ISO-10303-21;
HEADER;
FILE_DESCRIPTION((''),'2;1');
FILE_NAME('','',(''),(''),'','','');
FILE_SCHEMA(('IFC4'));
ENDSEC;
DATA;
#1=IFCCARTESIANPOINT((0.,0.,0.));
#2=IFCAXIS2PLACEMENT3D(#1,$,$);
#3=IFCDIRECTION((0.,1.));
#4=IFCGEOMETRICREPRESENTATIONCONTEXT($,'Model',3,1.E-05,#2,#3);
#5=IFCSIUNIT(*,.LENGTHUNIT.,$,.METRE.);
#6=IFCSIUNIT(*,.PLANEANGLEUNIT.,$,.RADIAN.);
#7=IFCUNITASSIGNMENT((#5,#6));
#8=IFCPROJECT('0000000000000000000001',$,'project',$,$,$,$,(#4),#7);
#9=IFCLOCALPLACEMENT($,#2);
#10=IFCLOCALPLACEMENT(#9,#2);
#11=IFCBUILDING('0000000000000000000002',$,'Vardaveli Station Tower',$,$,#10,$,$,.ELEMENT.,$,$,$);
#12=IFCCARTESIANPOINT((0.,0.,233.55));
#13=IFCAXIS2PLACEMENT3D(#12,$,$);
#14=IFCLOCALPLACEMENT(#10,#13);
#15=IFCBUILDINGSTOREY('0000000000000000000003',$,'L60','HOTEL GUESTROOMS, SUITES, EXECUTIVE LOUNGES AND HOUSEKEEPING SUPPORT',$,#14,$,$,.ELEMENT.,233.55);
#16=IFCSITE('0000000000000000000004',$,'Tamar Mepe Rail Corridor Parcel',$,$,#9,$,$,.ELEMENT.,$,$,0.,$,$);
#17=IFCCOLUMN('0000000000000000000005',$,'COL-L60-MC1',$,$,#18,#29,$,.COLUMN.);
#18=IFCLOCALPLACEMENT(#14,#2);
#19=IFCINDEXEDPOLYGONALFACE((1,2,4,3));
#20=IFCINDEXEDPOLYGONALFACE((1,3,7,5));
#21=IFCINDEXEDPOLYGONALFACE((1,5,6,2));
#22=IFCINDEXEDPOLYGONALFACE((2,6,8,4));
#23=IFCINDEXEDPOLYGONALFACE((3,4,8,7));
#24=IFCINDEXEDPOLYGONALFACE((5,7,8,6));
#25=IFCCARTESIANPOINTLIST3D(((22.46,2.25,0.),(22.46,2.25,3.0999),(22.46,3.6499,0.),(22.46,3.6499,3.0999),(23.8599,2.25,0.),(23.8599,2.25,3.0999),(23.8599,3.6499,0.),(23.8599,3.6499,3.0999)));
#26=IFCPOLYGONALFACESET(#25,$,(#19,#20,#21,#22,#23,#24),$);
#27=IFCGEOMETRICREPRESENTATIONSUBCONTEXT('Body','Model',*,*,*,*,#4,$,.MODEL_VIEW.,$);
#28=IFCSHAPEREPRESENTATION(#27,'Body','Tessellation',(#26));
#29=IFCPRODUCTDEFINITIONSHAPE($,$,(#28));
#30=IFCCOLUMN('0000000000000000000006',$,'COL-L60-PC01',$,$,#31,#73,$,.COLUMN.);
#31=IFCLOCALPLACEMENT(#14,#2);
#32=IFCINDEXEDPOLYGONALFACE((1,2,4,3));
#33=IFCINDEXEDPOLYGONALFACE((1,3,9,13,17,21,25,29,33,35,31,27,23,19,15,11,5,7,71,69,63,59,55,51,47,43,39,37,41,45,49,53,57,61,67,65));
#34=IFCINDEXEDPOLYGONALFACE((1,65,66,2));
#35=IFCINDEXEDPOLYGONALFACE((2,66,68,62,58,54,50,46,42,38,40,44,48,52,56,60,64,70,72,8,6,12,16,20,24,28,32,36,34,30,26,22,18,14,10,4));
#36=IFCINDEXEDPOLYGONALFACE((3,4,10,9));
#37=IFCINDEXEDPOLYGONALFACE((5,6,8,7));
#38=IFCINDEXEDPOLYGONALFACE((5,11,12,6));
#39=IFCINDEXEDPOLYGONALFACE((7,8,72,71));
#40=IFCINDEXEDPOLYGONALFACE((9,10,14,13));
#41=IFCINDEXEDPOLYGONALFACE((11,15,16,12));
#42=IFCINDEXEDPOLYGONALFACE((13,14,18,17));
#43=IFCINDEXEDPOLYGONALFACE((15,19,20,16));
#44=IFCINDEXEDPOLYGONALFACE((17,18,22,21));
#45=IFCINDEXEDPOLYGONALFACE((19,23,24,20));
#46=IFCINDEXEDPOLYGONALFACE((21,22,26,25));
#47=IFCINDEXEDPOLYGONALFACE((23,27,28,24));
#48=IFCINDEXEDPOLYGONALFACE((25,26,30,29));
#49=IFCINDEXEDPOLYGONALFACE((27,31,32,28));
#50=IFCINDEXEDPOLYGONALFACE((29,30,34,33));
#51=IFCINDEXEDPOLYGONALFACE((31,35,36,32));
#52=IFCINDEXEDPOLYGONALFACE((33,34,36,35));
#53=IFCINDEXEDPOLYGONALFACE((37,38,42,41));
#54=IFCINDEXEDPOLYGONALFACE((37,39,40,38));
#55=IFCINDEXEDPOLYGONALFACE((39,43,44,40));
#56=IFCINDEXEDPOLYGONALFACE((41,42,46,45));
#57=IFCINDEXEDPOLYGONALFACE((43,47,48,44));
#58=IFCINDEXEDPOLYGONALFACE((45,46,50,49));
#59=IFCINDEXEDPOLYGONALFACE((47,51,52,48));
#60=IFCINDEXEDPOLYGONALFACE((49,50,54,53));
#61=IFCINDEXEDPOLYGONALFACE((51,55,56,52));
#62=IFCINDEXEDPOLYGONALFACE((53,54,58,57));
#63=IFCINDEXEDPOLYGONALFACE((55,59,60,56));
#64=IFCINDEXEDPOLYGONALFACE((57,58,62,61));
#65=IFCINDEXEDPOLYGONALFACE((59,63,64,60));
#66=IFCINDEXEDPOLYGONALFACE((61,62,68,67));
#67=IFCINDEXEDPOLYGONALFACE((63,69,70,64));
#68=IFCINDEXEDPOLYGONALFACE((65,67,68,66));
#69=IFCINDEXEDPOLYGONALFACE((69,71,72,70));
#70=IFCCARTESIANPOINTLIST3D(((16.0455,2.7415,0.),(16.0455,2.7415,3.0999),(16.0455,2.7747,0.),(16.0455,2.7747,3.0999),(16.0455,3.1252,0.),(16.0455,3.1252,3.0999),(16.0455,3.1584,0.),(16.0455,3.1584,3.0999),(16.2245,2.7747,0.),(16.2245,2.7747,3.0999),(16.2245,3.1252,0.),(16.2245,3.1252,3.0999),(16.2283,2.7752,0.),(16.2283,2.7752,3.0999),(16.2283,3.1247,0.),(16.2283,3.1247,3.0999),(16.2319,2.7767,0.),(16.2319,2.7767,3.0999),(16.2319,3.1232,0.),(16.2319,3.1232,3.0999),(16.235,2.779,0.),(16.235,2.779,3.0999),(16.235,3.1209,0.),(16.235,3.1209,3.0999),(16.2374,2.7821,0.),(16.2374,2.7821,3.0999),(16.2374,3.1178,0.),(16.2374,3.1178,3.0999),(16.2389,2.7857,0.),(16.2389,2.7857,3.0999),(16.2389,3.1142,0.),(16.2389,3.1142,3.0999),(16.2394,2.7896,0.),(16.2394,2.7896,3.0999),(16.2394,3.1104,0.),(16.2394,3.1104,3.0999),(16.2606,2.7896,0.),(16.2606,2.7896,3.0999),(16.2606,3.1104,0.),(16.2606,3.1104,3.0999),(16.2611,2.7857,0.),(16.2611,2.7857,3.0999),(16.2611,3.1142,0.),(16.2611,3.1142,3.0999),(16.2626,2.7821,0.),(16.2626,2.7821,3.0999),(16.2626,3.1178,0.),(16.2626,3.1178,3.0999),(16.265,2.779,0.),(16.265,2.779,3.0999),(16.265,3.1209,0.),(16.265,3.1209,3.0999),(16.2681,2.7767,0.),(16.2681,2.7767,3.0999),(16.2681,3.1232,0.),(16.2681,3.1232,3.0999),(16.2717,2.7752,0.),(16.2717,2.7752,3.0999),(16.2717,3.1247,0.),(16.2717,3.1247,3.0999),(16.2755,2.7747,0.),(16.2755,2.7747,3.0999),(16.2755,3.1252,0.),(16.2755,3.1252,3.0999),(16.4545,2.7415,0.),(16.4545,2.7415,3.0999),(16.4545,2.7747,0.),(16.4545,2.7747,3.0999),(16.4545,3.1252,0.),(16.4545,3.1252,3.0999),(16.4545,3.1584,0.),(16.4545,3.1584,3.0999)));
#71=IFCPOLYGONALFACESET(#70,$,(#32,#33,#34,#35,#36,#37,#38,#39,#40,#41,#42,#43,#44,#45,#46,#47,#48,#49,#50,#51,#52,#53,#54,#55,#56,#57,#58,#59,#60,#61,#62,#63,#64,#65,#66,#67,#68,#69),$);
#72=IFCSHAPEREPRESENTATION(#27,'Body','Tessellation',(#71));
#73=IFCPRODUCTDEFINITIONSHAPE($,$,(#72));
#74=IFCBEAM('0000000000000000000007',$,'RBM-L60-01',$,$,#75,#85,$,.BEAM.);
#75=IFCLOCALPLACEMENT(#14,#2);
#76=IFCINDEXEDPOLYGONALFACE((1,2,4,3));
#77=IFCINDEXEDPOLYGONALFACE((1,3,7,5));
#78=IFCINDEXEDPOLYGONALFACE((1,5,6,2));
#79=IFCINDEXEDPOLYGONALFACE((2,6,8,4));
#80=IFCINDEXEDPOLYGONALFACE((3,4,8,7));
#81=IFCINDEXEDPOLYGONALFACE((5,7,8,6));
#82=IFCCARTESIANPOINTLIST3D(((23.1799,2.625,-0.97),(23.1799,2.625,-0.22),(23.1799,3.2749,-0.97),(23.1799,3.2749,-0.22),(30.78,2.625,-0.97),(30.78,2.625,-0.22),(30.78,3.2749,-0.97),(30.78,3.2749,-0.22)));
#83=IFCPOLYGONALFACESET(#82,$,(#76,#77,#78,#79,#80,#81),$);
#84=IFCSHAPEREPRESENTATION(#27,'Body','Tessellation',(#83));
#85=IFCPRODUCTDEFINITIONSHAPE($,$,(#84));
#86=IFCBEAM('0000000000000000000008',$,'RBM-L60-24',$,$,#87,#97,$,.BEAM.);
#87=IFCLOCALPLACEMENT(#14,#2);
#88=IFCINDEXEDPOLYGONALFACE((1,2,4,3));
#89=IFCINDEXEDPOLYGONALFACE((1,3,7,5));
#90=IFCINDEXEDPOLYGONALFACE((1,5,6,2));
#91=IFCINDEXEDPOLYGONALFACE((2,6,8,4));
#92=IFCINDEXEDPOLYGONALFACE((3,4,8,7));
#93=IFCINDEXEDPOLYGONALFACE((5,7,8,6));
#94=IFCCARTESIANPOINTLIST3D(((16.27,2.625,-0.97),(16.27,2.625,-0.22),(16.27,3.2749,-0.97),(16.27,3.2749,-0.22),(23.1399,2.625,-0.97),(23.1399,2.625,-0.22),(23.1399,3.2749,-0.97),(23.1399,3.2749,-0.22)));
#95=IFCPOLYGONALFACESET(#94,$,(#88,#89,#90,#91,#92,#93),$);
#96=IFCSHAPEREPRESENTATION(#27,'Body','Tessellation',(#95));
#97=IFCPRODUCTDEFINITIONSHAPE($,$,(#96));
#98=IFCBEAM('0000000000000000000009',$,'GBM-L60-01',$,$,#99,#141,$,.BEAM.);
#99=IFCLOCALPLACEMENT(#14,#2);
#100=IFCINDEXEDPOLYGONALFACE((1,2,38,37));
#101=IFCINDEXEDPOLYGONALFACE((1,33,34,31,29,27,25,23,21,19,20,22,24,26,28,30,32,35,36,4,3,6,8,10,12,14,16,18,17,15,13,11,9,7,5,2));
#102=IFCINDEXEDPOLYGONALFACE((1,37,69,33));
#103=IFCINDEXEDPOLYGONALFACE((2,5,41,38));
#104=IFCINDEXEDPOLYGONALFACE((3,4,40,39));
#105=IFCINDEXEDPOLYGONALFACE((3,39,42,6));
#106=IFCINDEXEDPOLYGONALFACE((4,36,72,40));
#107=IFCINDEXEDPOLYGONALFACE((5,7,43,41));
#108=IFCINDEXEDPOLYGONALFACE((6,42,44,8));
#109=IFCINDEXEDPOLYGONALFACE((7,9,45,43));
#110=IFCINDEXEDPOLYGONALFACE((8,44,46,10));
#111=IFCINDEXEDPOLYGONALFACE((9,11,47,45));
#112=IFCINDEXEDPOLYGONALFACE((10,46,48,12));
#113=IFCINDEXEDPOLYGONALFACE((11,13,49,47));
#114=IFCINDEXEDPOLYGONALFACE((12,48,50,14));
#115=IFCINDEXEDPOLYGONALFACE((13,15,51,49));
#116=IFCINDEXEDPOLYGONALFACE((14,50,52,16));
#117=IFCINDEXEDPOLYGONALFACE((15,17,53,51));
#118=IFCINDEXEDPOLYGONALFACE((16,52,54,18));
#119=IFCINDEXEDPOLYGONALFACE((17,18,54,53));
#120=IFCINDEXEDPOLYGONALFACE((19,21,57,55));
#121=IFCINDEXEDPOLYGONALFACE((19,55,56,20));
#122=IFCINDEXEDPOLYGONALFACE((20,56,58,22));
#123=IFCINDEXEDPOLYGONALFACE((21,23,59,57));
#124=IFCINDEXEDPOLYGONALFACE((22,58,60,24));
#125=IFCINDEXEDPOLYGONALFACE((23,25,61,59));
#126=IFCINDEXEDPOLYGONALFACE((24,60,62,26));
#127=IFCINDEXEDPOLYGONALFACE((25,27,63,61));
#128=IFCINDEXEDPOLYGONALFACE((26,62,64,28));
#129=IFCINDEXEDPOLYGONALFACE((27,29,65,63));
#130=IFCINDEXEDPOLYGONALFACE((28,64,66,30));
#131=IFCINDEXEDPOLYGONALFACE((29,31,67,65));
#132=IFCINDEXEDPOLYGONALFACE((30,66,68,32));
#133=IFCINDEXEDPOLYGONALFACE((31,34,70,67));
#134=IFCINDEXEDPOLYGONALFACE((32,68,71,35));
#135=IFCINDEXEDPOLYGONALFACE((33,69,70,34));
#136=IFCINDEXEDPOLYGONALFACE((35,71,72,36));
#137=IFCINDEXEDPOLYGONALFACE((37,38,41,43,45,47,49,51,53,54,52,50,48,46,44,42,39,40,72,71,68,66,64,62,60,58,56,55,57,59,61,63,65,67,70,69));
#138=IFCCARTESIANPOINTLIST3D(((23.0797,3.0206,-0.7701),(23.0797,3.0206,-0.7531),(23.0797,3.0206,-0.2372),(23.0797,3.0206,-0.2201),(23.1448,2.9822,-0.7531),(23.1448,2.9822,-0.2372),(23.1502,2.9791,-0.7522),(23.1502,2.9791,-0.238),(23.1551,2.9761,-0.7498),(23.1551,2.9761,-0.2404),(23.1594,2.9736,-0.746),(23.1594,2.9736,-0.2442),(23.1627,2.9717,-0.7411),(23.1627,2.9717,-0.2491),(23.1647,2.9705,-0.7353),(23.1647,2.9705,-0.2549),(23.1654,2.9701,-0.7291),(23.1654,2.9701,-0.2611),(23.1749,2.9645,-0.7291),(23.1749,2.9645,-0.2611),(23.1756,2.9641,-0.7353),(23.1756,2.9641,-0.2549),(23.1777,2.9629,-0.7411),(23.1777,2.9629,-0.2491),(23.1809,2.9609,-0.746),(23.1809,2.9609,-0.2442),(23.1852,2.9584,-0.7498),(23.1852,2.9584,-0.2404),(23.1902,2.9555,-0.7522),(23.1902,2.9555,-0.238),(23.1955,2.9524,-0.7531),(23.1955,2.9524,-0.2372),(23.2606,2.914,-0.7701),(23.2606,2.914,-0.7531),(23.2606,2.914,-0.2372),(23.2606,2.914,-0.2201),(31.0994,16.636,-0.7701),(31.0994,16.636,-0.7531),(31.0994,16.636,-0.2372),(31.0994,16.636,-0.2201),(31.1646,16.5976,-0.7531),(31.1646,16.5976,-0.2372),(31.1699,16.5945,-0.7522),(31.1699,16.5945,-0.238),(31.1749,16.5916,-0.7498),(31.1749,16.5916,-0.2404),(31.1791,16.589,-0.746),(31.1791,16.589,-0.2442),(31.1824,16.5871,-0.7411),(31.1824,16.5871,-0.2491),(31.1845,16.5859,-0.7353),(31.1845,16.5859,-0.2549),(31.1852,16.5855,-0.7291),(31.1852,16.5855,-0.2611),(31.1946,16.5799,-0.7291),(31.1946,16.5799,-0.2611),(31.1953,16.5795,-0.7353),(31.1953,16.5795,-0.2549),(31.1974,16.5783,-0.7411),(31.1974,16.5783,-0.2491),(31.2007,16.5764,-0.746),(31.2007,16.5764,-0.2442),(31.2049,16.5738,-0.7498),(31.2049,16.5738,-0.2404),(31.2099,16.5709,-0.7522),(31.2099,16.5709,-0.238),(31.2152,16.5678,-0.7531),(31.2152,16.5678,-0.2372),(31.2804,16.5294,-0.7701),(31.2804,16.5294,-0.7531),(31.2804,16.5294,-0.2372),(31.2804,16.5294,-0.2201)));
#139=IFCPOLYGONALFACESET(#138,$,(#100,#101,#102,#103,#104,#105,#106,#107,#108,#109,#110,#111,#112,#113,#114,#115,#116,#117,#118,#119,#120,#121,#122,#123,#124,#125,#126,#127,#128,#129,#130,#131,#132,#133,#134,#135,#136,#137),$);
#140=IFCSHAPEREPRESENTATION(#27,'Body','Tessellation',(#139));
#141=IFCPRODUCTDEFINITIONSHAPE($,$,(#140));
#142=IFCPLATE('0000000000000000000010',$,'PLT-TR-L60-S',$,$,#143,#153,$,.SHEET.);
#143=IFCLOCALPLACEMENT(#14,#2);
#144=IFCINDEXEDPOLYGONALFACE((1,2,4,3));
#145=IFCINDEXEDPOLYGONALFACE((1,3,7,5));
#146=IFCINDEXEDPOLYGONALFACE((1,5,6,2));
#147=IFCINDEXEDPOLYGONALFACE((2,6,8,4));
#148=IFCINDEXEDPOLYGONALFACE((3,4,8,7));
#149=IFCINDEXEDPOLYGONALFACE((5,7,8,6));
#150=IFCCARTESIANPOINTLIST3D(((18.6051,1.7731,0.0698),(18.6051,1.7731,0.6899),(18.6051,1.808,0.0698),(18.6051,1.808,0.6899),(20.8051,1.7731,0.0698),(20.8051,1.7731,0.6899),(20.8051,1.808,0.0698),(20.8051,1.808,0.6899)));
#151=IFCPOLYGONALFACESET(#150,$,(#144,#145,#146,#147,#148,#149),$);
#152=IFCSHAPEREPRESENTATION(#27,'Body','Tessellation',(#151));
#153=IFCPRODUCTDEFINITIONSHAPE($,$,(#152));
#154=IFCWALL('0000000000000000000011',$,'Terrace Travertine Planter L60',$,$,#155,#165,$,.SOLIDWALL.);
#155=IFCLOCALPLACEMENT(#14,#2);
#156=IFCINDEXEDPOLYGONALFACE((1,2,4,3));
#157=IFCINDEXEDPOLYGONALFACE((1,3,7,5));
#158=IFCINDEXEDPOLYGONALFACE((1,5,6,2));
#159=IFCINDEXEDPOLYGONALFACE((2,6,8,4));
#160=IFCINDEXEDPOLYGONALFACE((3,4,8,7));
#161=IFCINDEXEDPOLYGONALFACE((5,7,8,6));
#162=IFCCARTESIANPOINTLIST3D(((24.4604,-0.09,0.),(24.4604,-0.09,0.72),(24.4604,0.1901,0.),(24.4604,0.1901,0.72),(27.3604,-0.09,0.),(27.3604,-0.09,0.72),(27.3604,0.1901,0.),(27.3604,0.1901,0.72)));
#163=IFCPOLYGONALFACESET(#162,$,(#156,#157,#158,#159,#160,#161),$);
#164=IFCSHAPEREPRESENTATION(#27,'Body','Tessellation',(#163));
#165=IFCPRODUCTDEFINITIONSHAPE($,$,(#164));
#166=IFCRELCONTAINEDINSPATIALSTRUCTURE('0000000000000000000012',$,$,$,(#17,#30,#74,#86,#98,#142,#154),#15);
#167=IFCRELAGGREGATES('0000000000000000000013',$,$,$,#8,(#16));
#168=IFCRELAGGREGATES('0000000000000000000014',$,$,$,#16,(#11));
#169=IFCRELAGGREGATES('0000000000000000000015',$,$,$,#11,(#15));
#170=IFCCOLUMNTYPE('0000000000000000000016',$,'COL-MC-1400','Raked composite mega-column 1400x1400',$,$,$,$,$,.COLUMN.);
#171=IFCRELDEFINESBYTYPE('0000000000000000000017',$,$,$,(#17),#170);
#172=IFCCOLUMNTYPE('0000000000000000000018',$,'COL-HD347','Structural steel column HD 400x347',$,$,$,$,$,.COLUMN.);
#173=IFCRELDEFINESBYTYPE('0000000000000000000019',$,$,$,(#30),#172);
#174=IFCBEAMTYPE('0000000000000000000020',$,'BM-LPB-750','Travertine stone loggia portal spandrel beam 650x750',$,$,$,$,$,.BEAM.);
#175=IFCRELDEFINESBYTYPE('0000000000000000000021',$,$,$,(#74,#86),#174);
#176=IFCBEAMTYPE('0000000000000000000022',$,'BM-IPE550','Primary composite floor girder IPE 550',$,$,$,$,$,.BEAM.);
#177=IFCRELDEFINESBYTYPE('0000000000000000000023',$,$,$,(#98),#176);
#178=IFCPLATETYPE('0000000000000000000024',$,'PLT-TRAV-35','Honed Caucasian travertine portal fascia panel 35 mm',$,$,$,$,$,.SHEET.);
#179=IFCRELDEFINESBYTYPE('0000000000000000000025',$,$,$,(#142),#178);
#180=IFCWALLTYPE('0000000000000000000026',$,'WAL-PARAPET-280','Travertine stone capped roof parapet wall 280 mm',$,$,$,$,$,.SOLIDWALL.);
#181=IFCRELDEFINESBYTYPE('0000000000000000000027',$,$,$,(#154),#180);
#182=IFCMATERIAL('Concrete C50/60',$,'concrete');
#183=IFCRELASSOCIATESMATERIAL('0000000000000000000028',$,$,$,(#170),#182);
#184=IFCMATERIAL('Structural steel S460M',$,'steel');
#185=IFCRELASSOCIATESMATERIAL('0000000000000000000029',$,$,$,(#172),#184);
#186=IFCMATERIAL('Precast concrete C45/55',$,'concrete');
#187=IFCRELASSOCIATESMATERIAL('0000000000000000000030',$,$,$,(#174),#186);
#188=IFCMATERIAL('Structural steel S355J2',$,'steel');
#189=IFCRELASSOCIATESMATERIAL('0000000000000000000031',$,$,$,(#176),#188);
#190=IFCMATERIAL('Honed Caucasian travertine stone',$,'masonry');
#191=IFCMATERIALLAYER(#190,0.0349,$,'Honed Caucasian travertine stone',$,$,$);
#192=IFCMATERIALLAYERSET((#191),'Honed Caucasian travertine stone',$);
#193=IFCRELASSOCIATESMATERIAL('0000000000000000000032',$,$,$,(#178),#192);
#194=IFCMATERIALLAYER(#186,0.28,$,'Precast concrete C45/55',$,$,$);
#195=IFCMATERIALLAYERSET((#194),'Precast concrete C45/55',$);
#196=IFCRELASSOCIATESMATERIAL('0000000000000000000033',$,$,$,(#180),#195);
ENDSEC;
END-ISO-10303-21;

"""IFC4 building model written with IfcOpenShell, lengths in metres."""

from ifc_helpers import new_model, si_unit, direction, frame, frame_2d, origin, origin_2d, place, context, subcontext, project, spatial, rectangle, i_section, extrude, source, transform, mapped, material, layer, layer_set, material_profile, profile_set, type_object, element, save


model = new_model("IFC4")

# Units and contexts
model_context = context("Model", 3, precision=1e-05, world=origin(), true_north=direction((0.0, 1.0)))
body_context = subcontext(model_context, "Body", "Model", "MODEL_VIEW")
ifc_project = project(units=[si_unit("LENGTHUNIT", "METRE"), si_unit("PLANEANGLEUNIT", "RADIAN")], contexts=[model_context])

# Site, building, storey
site_placement = place(None, origin())
site = spatial("IfcSite", under=ifc_project, at=site_placement, Name="Tamar Mepe Rail Corridor Parcel", CompositionType="ELEMENT", RefElevation=0.0)
building_placement = place(site_placement, origin())
building = spatial("IfcBuilding", under=site, at=building_placement, Name="Vardaveli Station Tower", CompositionType="ELEMENT")
storey_placement = place(building_placement, frame((0.0, 0.0, 233.55)))
storey = spatial("IfcBuildingStorey", under=building, at=storey_placement, Name="L60", Description="HOTEL GUESTROOMS, SUITES, EXECUTIVE LOUNGES AND HOUSEKEEPING SUPPORT", CompositionType="ELEMENT", Elevation=233.55)

# Columns
ifc_material_1 = material(Name="Concrete C50/60", Category="concrete")
ifc_material_profile_1 = material_profile(ifc_material_1, rectangle(XDim=1.3999, YDim=1.3999, at=origin_2d()), Name="MC 1400x1400")
ifc_profile_set_1 = profile_set([ifc_material_profile_1], Name="Concrete C50/60")
column_type_1 = type_object("IfcColumnType", Name="COL-MC-1400", Description="Raked composite mega-column 1400x1400", PredefinedType="COLUMN", material=ifc_profile_set_1)
shared_shape_1 = source(origin(), body_context, "Body", "SweptSolid", [
    extrude(rectangle(XDim=1.3999, YDim=1.3999, at=origin_2d()), origin(), (0.0, 0.0, 1.0), 3.0999),
])
column_1_placement = place(storey_placement, frame((23.1599, 2.95, 0.0), z_axis=(0.0, 0.0, 1.0), x_axis=(1.0, 0.0, 0.0)))
element("IfcColumn", 1, at=column_1_placement, inside=storey, type_object=column_type_1, Name="COL-L60-MC1", PredefinedType="COLUMN", context=body_context, shape_type="MappedRepresentation", body=[
    mapped(shared_shape_1, transform((0.0, 0.0, 0.0), scale=1.0)),
])
ifc_material_2 = material(Name="Structural steel S460M", Category="steel")
ifc_material_profile_2 = material_profile(ifc_material_2, i_section(OverallWidth=0.4089, OverallDepth=0.417, WebThickness=0.0212, FlangeThickness=0.0332, FilletRadius=0.0149, at=origin_2d()), Name="HD 400x347")
ifc_profile_set_2 = profile_set([ifc_material_profile_2], Name="Structural steel S460M")
column_type_2 = type_object("IfcColumnType", Name="COL-HD347", Description="Structural steel column HD 400x347", PredefinedType="COLUMN", material=ifc_profile_set_2)
shared_shape_2 = source(origin(), body_context, "Body", "SweptSolid", [
    extrude(i_section(OverallWidth=0.4089, OverallDepth=0.417, WebThickness=0.0212, FlangeThickness=0.0332, FilletRadius=0.0149, at=origin_2d()), origin(), (0.0, 0.0, 1.0), 3.0999),
])
column_2_placement = place(storey_placement, frame((16.25, 2.95, 0.0), z_axis=(0.0, 0.0, 1.0), x_axis=(1.0, 0.0, 0.0)))
element("IfcColumn", 2, at=column_2_placement, inside=storey, type_object=column_type_2, Name="COL-L60-PC01", PredefinedType="COLUMN", context=body_context, shape_type="MappedRepresentation", body=[
    mapped(shared_shape_2, transform((0.0, 0.0, 0.0), scale=1.0)),
])

# Beams
ifc_material_3 = material(Name="Precast concrete C45/55", Category="concrete")
ifc_material_profile_3 = material_profile(ifc_material_3, rectangle(XDim=0.6499, YDim=0.75, at=origin_2d()), Name="LPB 650x750")
ifc_profile_set_3 = profile_set([ifc_material_profile_3], Name="Precast concrete C45/55")
beam_type_1 = type_object("IfcBeamType", Name="BM-LPB-750", Description="Travertine stone loggia portal spandrel beam 650x750", PredefinedType="BEAM", material=ifc_profile_set_3)
shared_shape_3 = source(origin(), body_context, "Body", "SweptSolid", [
    extrude(rectangle(XDim=0.6499, YDim=0.75, at=origin_2d()), origin(), (0.0, 0.0, 1.0), 7.6001),
])
beam_1_placement = place(storey_placement, frame((23.1799, 2.95, -0.595), z_axis=(1.0, 0.0, 0.0), x_axis=(0.0, 1.0, 0.0)))
element("IfcBeam", 3, at=beam_1_placement, inside=storey, type_object=beam_type_1, Name="RBM-L60-01", PredefinedType="BEAM", context=body_context, shape_type="MappedRepresentation", body=[
    mapped(shared_shape_3, transform((0.0, 0.0, 0.0), scale=1.0)),
])
shared_shape_4 = source(origin(), body_context, "Body", "SweptSolid", [
    extrude(rectangle(XDim=0.6499, YDim=0.75, at=origin_2d()), origin(), (0.0, 0.0, 1.0), 6.8699),
])
beam_2_placement = place(storey_placement, frame((16.27, 2.95, -0.595), z_axis=(1.0, 0.0, 0.0), x_axis=(0.0, 1.0, 0.0)))
element("IfcBeam", 4, at=beam_2_placement, inside=storey, type_object=beam_type_1, Name="RBM-L60-24", PredefinedType="BEAM", context=body_context, shape_type="MappedRepresentation", body=[
    mapped(shared_shape_4, transform((0.0, 0.0, 0.0), scale=1.0)),
])
ifc_material_4 = material(Name="Structural steel S355J2", Category="steel")
ifc_material_profile_4 = material_profile(ifc_material_4, i_section(OverallWidth=0.21, OverallDepth=0.55, WebThickness=0.011, FlangeThickness=0.0171, FilletRadius=0.0239, at=origin_2d()), Name="IPE 550")
ifc_profile_set_4 = profile_set([ifc_material_profile_4], Name="Structural steel S355J2")
beam_type_2 = type_object("IfcBeamType", Name="BM-IPE550", Description="Primary composite floor girder IPE 550", PredefinedType="BEAM", material=ifc_profile_set_4)
shared_shape_5 = source(origin(), body_context, "Body", "SweptSolid", [
    extrude(i_section(OverallWidth=0.21, OverallDepth=0.55, WebThickness=0.011, FlangeThickness=0.0171, FilletRadius=0.0239, at=origin_2d()), origin(), (0.0, 0.0, 1.0), 15.8018),
])
beam_3_placement = place(storey_placement, frame((23.1702, 2.9673, -0.4951), z_axis=(0.507522, 0.861639, 0.0), x_axis=(-0.861639, 0.507522, 0.0)))
element("IfcBeam", 5, at=beam_3_placement, inside=storey, type_object=beam_type_2, Name="GBM-L60-01", PredefinedType="BEAM", context=body_context, shape_type="MappedRepresentation", body=[
    mapped(shared_shape_5, transform((0.0, 0.0, 0.0), scale=1.0)),
])

# Plate
ifc_material_5 = material(Name="Honed Caucasian travertine stone", Category="masonry")
ifc_layer_1 = layer(ifc_material_5, 0.0349, Name="Honed Caucasian travertine stone")
ifc_layer_set_1 = layer_set([ifc_layer_1], Name="Honed Caucasian travertine stone")
plate_type = type_object("IfcPlateType", Name="PLT-TRAV-35", Description="Honed Caucasian travertine portal fascia panel 35 mm", PredefinedType="SHEET", material=ifc_layer_set_1)
shared_shape_6 = source(origin(), body_context, "Body", "SweptSolid", [
    extrude(rectangle(XDim=2.2, YDim=0.0349, at=origin_2d()), origin(), (0.0, 0.0, 1.0), 0.6201),
])
plate_placement = place(storey_placement, frame((19.7051, 1.7905, 0.0698), z_axis=(0.0, 0.0, 1.0), x_axis=(1.0, 0.0, 0.0)))
element("IfcPlate", 6, at=plate_placement, inside=storey, type_object=plate_type, Name="PLT-TR-L60-S", PredefinedType="SHEET", context=body_context, shape_type="MappedRepresentation", body=[
    mapped(shared_shape_6, transform((0.0, 0.0, 0.0), scale=1.0)),
])

# Wall
ifc_layer_2 = layer(ifc_material_3, 0.28, Name="Precast concrete C45/55")
ifc_layer_set_2 = layer_set([ifc_layer_2], Name="Precast concrete C45/55")
wall_type_1 = type_object("IfcWallType", Name="WAL-PARAPET-280", Description="Travertine stone capped roof parapet wall 280 mm", PredefinedType="SOLIDWALL", material=ifc_layer_set_2)
shared_shape_7 = source(origin(), body_context, "Body", "SweptSolid", [
    extrude(rectangle(XDim=2.8999, YDim=0.28, at=frame_2d((1.45, 0.0))), origin(), (0.0, 0.0, 1.0), 0.72),
])
wall_1_placement = place(storey_placement, frame((24.4604, 0.05, 0.0), z_axis=(0.0, 0.0, 1.0), x_axis=(1.0, 0.0, 0.0)))
element("IfcWall", 7, at=wall_1_placement, inside=storey, type_object=wall_type_1, Name="Terrace Travertine Planter L60", PredefinedType="SOLIDWALL", context=body_context, shape_type="MappedRepresentation", body=[
    mapped(shared_shape_7, transform((0.0, 0.0, 0.0), scale=1.0)),
])

save(model, "model.ifc")
